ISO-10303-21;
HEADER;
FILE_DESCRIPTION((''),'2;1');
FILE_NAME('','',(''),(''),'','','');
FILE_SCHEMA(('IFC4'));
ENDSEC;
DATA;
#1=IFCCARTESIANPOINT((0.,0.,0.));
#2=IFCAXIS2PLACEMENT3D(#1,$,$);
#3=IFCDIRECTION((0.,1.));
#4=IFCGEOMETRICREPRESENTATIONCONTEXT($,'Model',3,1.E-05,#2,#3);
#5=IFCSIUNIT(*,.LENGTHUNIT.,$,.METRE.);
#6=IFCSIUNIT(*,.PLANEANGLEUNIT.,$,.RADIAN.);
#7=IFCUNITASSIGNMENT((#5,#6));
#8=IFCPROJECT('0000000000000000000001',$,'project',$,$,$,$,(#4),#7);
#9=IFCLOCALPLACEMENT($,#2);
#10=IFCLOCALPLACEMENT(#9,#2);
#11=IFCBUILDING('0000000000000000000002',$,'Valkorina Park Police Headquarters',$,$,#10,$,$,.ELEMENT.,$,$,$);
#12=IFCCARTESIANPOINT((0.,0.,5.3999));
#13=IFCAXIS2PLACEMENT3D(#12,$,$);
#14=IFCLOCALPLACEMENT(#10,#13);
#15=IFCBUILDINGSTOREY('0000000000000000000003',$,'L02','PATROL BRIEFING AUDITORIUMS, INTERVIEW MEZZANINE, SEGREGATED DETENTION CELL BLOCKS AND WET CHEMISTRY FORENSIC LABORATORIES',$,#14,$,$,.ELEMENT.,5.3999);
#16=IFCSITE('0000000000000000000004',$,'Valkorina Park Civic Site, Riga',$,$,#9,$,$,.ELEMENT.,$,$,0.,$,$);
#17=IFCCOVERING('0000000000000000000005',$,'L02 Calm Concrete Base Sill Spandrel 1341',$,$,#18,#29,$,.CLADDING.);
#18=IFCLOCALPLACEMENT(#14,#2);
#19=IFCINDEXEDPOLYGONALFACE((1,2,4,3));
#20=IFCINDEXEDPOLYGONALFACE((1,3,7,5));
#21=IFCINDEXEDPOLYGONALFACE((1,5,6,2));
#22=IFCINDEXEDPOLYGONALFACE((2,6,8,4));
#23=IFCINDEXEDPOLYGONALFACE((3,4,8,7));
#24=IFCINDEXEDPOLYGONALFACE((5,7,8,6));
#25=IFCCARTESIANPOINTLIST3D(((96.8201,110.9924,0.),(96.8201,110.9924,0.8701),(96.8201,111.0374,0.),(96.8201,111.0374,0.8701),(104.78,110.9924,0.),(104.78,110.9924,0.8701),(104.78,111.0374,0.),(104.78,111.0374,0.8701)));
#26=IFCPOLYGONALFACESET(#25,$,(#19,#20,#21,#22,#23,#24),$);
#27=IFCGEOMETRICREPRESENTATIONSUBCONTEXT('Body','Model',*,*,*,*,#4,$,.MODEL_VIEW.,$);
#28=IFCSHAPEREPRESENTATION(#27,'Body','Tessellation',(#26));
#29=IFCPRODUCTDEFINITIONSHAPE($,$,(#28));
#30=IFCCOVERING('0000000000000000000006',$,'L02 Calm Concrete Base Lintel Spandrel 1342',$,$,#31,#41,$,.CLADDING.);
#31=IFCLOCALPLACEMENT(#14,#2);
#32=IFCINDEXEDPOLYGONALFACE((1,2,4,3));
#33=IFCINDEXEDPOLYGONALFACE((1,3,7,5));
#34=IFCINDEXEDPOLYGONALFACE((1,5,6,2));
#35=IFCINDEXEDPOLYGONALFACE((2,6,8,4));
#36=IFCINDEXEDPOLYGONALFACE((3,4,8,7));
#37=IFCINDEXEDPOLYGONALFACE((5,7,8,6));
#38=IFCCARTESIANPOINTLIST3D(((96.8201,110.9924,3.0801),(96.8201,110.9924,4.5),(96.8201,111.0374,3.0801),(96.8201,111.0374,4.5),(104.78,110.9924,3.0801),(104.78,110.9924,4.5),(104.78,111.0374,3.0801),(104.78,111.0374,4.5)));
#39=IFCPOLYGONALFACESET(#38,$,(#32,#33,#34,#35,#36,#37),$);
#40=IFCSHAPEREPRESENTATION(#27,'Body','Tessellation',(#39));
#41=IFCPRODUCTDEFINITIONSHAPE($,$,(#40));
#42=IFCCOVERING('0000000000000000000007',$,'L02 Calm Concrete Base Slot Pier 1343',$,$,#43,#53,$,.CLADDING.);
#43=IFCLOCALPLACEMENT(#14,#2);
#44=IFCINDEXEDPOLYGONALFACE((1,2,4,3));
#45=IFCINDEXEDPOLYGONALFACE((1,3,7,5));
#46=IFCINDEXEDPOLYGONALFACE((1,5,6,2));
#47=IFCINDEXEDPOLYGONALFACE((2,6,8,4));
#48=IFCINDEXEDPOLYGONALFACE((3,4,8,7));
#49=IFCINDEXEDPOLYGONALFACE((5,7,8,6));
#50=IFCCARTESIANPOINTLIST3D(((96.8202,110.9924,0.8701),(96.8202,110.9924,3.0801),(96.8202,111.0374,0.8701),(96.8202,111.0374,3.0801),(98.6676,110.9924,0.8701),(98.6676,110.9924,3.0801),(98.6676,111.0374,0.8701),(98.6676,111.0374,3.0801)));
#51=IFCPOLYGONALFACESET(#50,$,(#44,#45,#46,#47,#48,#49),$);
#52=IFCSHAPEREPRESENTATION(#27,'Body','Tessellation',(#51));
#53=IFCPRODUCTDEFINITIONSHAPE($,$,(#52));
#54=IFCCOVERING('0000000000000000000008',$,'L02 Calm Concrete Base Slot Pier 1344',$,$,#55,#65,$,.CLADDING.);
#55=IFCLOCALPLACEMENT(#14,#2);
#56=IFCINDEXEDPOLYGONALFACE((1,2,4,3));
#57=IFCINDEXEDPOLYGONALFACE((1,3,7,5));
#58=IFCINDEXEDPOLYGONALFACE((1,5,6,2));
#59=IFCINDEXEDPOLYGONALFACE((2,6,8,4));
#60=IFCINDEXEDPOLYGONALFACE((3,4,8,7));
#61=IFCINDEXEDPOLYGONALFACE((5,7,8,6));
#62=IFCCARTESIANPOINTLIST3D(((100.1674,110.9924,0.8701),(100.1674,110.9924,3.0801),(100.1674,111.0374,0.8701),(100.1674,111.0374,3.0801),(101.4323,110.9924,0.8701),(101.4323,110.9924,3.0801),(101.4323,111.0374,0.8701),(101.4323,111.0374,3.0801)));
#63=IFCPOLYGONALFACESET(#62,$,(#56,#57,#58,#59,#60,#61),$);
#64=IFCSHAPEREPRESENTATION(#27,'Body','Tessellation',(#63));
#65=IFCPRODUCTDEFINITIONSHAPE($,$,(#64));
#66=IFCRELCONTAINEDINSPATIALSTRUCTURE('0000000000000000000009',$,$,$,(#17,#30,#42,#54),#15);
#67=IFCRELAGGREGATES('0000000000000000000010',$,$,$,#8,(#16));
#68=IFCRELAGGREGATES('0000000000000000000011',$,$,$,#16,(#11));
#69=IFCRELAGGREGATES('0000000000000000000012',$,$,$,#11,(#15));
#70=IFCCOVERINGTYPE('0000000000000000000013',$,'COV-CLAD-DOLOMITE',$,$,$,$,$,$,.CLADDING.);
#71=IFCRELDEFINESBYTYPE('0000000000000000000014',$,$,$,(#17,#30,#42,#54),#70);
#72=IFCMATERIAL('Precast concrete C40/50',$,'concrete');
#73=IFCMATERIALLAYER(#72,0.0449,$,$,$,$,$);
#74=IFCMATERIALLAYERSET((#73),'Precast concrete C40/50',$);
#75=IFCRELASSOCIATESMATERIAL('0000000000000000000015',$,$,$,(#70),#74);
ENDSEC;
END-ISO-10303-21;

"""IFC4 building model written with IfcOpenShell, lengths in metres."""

from ifc_helpers import new_model, si_unit, direction, frame, frame_2d, origin, place, context, subcontext, project, spatial, rectangle, extrude, material, layer, layer_set, type_object, element, save


model = new_model("IFC4")

# Units and contexts
model_context = context("Model", 3, precision=1e-05, world=origin(), true_north=direction((0.0, 1.0)))
body_context = subcontext(model_context, "Body", "Model", "MODEL_VIEW")
ifc_project = project(units=[si_unit("LENGTHUNIT", "METRE"), si_unit("PLANEANGLEUNIT", "RADIAN")], contexts=[model_context])

# Site, building, storey
site_placement = place(None, origin())
site = spatial("IfcSite", under=ifc_project, at=site_placement, Name="Valkorina Park Civic Site, Riga", CompositionType="ELEMENT", RefElevation=0.0)
building_placement = place(site_placement, origin())
building = spatial("IfcBuilding", under=site, at=building_placement, Name="Valkorina Park Police Headquarters", CompositionType="ELEMENT")
storey_placement = place(building_placement, frame((0.0, 0.0, 5.3999)))
storey = spatial("IfcBuildingStorey", under=building, at=storey_placement, Name="L02", Description="PATROL BRIEFING AUDITORIUMS, INTERVIEW MEZZANINE, SEGREGATED DETENTION CELL BLOCKS AND WET CHEMISTRY FORENSIC LABORATORIES", CompositionType="ELEMENT", Elevation=5.3999)

# Coverings
ifc_material_1 = material(Name="Precast concrete C40/50", Category="concrete")
ifc_layer_1 = layer(ifc_material_1, 0.0449)
ifc_layer_set_1 = layer_set([ifc_layer_1], Name="Precast concrete C40/50")
covering_type = type_object("IfcCoveringType", Name="COV-CLAD-DOLOMITE", PredefinedType="CLADDING", material=ifc_layer_set_1)
covering_1_placement = place(storey_placement, frame((96.8201, 111.0149, 0.0), z_axis=(0.0, 0.0, 1.0), x_axis=(1.0, 0.0, 0.0)))
element("IfcCovering", 1, at=covering_1_placement, inside=storey, type_object=covering_type, Name="L02 Calm Concrete Base Sill Spandrel 1341", PredefinedType="CLADDING", context=body_context, shape_type="SweptSolid", body=[
    extrude(rectangle(XDim=7.96, YDim=0.0449, at=frame_2d((3.98, 0.0))), origin(), (0.0, 0.0, 1.0), 0.8701),
])
covering_2_placement = place(storey_placement, frame((96.8201, 111.0149, 3.0801), z_axis=(0.0, 0.0, 1.0), x_axis=(1.0, 0.0, 0.0)))
element("IfcCovering", 2, at=covering_2_placement, inside=storey, type_object=covering_type, Name="L02 Calm Concrete Base Lintel Spandrel 1342", PredefinedType="CLADDING", context=body_context, shape_type="SweptSolid", body=[
    extrude(rectangle(XDim=7.96, YDim=0.0449, at=frame_2d((3.98, 0.0))), origin(), (0.0, 0.0, 1.0), 1.4199),
])
covering_3_placement = place(storey_placement, frame((96.8201, 111.0149, 0.8701), z_axis=(0.0, 0.0, 1.0), x_axis=(1.0, 0.0, 0.0)))
element("IfcCovering", 3, at=covering_3_placement, inside=storey, type_object=covering_type, Name="L02 Calm Concrete Base Slot Pier 1343", PredefinedType="CLADDING", context=body_context, shape_type="SweptSolid", body=[
    extrude(rectangle(XDim=1.8474, YDim=0.0449, at=frame_2d((0.9238, 0.0))), origin(), (0.0, 0.0, 1.0), 2.21),
])
covering_4_placement = place(storey_placement, frame((100.1675, 111.0149, 0.8701), z_axis=(0.0, 0.0, 1.0), x_axis=(1.0, 0.0, 0.0)))
element("IfcCovering", 4, at=covering_4_placement, inside=storey, type_object=covering_type, Name="L02 Calm Concrete Base Slot Pier 1344", PredefinedType="CLADDING", context=body_context, shape_type="SweptSolid", body=[
    extrude(rectangle(XDim=1.2649, YDim=0.0449, at=frame_2d((0.6323, 0.0))), origin(), (0.0, 0.0, 1.0), 2.21),
])

save(model, "model.ifc")
